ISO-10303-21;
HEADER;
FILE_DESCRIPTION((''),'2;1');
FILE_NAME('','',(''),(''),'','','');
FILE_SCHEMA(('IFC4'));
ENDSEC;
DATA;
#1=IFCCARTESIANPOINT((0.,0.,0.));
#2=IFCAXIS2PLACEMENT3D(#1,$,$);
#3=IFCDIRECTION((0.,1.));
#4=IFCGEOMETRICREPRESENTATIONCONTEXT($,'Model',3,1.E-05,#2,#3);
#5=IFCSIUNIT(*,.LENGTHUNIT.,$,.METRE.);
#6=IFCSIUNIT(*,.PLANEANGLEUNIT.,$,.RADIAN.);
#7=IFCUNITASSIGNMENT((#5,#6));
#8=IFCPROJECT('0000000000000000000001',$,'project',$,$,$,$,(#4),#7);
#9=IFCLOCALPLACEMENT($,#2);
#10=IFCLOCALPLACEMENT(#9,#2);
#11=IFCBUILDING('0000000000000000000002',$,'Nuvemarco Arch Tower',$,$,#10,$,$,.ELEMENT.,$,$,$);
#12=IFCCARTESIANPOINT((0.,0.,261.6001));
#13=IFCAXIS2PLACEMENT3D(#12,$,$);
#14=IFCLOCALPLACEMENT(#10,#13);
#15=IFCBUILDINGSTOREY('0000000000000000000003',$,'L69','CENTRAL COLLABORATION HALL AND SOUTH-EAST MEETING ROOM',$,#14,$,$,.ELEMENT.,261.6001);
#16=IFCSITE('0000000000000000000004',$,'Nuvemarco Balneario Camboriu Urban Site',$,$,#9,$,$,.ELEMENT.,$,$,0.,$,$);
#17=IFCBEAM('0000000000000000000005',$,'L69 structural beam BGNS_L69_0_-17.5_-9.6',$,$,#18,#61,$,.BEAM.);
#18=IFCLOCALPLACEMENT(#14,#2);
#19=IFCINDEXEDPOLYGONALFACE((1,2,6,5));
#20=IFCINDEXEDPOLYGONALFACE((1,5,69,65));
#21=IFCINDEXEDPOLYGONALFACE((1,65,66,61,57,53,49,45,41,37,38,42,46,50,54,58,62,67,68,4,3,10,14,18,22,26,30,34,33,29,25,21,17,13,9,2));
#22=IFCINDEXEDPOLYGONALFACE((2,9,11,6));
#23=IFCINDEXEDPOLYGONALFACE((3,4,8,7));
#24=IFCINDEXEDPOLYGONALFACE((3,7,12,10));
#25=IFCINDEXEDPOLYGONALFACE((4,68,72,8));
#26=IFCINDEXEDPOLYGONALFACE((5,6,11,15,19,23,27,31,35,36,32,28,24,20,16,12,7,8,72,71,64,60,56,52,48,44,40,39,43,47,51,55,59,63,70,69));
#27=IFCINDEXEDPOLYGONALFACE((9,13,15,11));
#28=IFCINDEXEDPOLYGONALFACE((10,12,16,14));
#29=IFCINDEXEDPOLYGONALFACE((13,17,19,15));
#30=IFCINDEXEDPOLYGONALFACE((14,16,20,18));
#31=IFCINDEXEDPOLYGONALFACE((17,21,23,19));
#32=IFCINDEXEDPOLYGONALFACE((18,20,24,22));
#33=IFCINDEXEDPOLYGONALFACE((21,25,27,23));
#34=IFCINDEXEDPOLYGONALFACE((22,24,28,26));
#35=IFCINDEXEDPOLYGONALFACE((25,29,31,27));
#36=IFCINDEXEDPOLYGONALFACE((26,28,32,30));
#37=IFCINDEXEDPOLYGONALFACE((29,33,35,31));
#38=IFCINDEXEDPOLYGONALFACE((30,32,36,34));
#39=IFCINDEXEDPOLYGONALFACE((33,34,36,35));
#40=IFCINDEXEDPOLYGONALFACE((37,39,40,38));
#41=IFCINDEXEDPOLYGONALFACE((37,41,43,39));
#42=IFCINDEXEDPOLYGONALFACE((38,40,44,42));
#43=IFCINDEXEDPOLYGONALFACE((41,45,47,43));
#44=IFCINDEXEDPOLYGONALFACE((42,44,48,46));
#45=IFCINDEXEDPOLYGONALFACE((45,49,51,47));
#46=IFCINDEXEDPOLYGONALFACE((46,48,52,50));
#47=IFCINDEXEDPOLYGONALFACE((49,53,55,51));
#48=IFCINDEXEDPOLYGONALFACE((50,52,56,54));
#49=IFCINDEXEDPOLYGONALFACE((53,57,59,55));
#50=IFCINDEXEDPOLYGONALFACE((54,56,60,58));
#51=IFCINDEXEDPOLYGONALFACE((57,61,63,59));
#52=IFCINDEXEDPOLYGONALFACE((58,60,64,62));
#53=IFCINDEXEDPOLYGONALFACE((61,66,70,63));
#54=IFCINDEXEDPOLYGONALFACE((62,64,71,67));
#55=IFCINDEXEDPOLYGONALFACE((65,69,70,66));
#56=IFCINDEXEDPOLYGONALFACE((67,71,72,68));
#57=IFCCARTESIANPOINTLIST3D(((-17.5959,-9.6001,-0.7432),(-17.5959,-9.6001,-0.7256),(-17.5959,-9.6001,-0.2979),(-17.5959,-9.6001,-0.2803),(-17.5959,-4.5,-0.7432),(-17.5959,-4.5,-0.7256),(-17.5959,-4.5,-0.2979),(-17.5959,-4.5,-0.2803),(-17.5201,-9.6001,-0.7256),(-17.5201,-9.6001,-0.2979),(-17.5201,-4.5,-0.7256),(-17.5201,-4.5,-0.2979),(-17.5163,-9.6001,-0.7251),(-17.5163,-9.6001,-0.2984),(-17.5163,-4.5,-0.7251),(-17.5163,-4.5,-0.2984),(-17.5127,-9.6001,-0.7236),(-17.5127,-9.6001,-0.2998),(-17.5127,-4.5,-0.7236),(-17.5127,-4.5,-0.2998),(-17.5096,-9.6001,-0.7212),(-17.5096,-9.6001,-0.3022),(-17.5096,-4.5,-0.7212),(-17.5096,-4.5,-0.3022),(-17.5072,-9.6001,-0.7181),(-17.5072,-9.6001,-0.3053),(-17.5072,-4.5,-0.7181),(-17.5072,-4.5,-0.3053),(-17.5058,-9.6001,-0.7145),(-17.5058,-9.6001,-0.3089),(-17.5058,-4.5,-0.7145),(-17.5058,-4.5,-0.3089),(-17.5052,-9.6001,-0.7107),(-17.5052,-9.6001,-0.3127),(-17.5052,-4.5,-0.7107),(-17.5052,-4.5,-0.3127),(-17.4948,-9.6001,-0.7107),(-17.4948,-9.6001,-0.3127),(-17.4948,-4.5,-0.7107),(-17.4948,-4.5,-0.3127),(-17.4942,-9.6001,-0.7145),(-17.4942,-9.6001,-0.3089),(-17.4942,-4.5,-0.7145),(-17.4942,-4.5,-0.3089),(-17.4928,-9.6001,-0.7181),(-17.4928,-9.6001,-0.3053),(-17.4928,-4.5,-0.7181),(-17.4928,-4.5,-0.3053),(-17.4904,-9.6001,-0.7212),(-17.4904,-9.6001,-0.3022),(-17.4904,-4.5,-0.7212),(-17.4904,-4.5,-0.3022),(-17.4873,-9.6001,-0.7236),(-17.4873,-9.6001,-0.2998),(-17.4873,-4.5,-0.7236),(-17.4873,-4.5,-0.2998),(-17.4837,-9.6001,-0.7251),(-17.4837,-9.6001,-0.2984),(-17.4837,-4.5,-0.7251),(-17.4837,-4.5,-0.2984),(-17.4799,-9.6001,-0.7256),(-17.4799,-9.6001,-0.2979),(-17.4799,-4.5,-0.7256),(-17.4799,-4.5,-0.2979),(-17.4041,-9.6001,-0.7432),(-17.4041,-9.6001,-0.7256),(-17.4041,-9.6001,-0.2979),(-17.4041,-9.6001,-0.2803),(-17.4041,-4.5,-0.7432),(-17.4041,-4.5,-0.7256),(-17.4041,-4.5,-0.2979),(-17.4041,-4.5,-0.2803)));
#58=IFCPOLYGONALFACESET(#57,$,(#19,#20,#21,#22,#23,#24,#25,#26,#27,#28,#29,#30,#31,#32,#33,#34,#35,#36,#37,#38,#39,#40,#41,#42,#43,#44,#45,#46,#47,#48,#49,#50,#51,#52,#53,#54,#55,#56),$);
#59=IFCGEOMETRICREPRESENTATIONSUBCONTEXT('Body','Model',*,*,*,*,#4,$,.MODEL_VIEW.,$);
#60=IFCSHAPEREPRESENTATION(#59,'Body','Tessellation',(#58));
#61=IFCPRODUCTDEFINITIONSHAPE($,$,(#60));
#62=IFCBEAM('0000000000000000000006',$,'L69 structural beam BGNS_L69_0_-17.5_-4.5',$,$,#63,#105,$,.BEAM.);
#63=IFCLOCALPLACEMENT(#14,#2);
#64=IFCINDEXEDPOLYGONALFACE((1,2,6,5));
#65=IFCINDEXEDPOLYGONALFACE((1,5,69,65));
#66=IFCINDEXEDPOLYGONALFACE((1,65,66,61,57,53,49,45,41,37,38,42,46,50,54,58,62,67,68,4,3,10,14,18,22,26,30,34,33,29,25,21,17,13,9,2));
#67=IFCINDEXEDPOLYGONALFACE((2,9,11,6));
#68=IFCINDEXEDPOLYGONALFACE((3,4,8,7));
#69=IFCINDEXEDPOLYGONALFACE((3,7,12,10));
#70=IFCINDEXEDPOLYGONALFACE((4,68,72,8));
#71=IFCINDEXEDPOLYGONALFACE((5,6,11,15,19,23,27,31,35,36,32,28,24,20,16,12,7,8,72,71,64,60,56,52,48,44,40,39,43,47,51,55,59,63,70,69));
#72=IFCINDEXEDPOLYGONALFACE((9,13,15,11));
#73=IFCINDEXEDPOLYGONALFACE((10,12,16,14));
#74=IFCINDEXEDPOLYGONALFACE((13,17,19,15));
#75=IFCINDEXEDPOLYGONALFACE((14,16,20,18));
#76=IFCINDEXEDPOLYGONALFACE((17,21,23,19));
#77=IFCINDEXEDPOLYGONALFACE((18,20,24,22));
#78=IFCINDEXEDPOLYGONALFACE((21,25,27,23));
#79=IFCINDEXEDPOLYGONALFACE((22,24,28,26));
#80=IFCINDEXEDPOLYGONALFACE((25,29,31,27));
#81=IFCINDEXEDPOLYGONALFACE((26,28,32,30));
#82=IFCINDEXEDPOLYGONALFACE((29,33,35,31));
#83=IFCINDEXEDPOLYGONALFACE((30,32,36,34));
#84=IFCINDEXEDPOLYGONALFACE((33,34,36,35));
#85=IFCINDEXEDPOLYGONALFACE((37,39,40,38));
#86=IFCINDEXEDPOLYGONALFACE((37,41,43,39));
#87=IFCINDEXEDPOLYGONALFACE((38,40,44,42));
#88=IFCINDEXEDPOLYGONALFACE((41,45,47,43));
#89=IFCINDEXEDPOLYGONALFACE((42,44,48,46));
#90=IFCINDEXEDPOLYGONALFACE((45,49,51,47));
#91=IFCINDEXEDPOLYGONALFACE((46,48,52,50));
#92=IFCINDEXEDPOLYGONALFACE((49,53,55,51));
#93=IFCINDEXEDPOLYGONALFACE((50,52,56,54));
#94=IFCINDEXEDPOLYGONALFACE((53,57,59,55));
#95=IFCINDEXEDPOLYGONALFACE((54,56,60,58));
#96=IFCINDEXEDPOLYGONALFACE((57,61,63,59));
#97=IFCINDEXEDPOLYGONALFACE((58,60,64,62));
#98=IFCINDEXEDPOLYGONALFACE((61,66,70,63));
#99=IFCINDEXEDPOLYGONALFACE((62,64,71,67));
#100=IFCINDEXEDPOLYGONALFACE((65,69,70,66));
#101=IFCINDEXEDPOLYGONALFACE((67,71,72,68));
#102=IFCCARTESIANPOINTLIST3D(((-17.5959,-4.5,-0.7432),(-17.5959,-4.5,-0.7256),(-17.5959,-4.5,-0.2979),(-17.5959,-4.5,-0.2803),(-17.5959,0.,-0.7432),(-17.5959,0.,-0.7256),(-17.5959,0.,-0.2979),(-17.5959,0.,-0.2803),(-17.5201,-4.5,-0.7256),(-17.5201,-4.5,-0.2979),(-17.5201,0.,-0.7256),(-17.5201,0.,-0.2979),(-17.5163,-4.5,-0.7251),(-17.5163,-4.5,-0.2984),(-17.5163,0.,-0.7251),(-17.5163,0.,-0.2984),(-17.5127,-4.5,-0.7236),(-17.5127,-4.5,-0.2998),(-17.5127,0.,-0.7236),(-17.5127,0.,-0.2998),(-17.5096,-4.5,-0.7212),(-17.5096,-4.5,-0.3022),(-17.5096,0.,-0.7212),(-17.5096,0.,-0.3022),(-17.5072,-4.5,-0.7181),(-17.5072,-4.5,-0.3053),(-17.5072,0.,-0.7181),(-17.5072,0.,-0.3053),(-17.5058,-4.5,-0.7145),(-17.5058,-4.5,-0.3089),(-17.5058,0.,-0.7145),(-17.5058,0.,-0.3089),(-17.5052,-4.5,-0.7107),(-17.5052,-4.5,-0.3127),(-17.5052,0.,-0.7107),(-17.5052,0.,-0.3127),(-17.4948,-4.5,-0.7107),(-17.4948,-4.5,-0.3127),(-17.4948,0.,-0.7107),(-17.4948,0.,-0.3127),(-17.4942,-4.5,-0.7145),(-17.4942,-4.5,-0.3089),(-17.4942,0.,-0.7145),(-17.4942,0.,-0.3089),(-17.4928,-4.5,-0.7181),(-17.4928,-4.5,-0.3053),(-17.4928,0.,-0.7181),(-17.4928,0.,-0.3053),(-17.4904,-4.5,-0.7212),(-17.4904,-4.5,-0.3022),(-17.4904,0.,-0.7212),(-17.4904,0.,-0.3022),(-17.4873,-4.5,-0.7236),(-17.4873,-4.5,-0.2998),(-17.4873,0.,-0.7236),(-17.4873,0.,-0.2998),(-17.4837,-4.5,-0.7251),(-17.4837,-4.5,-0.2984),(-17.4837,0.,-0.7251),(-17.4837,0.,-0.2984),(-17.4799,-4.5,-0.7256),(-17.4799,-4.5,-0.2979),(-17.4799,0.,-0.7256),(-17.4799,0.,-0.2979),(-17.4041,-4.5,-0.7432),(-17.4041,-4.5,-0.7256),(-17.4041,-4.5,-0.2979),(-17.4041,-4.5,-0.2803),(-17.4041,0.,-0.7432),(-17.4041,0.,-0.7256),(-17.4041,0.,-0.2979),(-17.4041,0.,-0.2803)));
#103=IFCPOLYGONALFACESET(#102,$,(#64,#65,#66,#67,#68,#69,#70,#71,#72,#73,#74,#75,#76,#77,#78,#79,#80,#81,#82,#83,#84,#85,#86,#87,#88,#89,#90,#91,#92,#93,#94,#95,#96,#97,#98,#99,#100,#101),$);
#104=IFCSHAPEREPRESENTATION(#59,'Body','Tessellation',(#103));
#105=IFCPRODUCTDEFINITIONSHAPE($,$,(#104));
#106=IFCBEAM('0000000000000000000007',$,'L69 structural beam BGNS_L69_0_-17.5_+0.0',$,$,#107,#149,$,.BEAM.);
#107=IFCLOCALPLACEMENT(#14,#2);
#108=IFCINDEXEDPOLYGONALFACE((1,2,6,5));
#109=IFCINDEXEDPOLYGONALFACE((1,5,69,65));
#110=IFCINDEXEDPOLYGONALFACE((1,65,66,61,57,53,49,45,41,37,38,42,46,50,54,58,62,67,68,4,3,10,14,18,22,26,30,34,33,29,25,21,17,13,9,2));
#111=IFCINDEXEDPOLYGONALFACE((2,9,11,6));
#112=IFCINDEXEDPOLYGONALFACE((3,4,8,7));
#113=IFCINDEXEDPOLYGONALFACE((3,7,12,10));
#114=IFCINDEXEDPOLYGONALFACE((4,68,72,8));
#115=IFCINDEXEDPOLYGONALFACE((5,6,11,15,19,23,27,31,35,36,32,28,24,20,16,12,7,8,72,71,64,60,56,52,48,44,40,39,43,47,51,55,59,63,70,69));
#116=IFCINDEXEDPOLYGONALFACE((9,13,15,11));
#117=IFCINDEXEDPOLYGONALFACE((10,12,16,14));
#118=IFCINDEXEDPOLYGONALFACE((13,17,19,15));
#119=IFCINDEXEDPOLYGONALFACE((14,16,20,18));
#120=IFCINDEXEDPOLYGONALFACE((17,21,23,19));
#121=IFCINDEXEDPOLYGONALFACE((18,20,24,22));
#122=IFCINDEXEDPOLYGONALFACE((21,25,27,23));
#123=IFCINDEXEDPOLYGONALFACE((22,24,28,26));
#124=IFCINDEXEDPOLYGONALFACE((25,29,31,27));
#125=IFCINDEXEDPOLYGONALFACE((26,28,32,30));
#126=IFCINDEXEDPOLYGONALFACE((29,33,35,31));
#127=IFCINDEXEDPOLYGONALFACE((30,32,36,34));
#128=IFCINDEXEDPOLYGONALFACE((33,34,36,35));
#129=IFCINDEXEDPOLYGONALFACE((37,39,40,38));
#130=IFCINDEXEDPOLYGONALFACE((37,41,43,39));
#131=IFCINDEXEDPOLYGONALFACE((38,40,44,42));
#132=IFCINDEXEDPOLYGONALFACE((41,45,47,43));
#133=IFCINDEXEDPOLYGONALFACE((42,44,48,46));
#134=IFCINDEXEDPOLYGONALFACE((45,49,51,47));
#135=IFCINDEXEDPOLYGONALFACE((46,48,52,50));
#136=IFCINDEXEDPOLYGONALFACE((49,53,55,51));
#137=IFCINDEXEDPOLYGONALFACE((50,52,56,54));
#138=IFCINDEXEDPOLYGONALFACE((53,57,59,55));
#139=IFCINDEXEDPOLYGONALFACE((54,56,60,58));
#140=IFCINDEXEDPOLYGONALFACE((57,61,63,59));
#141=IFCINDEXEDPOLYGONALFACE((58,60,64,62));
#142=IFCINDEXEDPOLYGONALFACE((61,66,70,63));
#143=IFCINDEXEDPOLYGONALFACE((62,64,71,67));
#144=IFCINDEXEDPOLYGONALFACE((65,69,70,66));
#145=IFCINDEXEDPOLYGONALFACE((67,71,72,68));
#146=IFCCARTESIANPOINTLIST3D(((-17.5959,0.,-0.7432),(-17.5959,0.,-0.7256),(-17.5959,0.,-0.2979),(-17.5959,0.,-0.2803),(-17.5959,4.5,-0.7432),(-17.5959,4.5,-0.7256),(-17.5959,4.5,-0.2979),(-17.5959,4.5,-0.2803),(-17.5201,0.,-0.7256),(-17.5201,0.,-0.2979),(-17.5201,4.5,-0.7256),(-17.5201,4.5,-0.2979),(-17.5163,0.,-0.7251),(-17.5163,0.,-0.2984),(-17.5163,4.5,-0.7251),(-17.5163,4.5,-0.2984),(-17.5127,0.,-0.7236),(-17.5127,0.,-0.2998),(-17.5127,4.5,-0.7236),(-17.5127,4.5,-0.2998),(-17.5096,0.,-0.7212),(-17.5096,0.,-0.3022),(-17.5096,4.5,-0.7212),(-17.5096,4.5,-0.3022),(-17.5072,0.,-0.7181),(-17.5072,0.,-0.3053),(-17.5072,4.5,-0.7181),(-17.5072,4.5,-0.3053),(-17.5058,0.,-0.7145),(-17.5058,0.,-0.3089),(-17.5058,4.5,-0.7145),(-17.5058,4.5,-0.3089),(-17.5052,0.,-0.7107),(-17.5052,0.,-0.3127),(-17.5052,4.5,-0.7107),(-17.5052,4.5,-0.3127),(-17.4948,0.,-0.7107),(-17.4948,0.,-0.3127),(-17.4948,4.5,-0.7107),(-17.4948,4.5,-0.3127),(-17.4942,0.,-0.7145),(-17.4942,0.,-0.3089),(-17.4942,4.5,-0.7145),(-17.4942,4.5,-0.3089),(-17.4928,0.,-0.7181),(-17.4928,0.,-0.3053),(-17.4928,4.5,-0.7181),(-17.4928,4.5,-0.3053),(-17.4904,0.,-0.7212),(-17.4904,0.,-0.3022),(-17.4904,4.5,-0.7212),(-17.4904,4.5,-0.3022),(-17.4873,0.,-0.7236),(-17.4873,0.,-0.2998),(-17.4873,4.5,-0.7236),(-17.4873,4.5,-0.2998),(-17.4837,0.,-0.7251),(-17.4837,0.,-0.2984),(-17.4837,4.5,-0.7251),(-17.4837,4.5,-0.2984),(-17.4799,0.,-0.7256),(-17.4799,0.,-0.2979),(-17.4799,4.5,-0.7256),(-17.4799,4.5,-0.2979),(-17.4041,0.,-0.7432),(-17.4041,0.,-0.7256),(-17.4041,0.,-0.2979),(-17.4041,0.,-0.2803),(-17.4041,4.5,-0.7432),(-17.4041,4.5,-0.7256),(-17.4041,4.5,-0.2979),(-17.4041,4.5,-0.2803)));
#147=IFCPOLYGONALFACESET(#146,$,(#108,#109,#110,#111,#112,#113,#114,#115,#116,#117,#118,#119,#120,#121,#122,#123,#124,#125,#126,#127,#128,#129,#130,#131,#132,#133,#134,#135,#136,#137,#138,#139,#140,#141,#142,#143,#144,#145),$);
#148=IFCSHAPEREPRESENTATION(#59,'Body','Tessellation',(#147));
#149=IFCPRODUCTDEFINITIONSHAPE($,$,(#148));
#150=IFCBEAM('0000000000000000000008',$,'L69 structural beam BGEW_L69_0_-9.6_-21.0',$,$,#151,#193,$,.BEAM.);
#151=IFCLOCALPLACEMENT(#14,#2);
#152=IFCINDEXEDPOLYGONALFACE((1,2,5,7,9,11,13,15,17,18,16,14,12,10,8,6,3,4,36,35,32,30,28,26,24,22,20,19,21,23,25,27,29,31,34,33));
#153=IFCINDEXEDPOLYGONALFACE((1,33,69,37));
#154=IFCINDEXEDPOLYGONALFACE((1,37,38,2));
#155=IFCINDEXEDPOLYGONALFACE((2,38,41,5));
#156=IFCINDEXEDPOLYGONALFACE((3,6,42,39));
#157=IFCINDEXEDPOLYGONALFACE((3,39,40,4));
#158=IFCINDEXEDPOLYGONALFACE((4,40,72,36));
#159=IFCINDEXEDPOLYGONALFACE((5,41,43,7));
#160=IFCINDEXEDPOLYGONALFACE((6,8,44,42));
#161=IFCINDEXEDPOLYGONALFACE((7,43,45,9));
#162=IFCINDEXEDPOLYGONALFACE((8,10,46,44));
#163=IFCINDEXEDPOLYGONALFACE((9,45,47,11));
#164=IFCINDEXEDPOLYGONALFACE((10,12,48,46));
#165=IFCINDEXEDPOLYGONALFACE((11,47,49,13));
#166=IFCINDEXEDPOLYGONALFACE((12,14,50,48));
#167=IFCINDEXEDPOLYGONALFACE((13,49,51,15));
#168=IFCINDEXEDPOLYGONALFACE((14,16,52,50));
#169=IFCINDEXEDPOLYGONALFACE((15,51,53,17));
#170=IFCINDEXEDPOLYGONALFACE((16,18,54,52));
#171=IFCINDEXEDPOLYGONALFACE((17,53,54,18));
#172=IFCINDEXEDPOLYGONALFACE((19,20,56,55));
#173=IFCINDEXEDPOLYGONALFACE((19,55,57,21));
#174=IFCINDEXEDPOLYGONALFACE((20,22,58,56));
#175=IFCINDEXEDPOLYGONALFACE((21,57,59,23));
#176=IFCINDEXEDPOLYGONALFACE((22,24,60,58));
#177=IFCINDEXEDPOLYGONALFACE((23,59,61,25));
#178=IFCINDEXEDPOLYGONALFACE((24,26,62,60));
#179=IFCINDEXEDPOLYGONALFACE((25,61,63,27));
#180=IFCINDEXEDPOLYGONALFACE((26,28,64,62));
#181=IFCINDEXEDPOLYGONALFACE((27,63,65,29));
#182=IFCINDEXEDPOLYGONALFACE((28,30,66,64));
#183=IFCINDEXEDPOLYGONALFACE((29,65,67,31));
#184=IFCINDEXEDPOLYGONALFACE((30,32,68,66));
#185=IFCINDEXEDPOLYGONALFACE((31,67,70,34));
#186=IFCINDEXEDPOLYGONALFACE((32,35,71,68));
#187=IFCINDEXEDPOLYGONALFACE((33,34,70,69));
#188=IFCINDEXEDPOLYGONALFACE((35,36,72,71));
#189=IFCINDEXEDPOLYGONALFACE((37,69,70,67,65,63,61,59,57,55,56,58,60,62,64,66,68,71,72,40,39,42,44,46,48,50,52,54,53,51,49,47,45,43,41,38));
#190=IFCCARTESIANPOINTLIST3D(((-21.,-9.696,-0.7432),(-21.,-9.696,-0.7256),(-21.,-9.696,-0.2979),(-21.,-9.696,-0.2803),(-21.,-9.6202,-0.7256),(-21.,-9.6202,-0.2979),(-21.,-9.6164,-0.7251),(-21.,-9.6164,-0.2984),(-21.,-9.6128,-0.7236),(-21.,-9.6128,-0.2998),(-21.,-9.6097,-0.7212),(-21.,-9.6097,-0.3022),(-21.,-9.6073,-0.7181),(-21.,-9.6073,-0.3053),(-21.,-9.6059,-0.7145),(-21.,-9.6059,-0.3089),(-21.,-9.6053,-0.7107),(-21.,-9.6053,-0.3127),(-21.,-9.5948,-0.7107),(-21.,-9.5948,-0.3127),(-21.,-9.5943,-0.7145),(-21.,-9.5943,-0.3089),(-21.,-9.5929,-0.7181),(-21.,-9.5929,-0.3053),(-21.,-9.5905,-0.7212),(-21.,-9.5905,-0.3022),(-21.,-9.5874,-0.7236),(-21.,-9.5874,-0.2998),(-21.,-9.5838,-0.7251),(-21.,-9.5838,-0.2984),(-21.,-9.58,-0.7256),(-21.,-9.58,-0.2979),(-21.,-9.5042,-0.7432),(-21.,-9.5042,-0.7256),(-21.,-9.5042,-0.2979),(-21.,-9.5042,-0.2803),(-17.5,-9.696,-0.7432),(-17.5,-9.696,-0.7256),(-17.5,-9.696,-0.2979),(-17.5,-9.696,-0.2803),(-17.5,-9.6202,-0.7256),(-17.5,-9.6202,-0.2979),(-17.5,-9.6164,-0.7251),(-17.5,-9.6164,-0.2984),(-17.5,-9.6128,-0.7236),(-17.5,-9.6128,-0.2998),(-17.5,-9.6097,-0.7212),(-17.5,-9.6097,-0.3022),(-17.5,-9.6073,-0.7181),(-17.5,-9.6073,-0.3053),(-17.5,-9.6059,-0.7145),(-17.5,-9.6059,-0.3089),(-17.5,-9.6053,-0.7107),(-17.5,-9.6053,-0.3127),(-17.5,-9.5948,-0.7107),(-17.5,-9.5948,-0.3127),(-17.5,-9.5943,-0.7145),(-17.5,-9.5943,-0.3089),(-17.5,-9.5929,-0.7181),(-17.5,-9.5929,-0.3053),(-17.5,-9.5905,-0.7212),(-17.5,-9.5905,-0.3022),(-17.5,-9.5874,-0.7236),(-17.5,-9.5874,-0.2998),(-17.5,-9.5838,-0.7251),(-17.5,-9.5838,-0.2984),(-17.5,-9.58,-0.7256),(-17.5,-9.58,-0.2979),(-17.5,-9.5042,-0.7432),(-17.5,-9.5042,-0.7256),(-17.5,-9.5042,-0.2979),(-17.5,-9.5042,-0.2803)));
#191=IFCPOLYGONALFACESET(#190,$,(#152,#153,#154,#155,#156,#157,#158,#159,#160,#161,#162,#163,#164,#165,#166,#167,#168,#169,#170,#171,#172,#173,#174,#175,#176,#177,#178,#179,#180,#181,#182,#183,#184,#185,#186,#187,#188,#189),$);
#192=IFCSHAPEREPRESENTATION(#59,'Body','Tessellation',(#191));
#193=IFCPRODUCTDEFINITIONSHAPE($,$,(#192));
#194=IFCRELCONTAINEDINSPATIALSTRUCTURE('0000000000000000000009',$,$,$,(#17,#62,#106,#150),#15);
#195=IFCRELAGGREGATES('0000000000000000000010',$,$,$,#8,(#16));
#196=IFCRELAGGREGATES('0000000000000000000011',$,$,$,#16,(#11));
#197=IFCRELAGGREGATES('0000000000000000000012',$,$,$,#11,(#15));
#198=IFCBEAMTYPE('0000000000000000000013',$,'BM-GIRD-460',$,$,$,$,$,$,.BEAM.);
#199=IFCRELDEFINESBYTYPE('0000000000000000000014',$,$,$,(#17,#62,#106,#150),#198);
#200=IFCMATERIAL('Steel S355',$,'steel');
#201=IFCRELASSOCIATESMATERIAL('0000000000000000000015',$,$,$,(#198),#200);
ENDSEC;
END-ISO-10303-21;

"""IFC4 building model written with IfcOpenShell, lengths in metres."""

from ifc_helpers import new_model, si_unit, direction, frame, origin, origin_2d, place, context, subcontext, project, spatial, i_section, extrude, material, material_profile, profile_set, type_object, element, save


model = new_model("IFC4")

# Units and contexts
model_context = context("Model", 3, precision=1e-05, world=origin(), true_north=direction((0.0, 1.0)))
body_context = subcontext(model_context, "Body", "Model", "MODEL_VIEW")
ifc_project = project(units=[si_unit("LENGTHUNIT", "METRE"), si_unit("PLANEANGLEUNIT", "RADIAN")], contexts=[model_context])

# Site, building, storey
site_placement = place(None, origin())
site = spatial("IfcSite", under=ifc_project, at=site_placement, Name="Nuvemarco Balneario Camboriu Urban Site", CompositionType="ELEMENT", RefElevation=0.0)
building_placement = place(site_placement, origin())
building = spatial("IfcBuilding", under=site, at=building_placement, Name="Nuvemarco Arch Tower", CompositionType="ELEMENT")
storey_placement = place(building_placement, frame((0.0, 0.0, 261.6001)))
storey = spatial("IfcBuildingStorey", under=building, at=storey_placement, Name="L69", Description="CENTRAL COLLABORATION HALL AND SOUTH-EAST MEETING ROOM", CompositionType="ELEMENT", Elevation=261.6001)

# Shared definitions
ifc_material_1 = material(Name="Steel S355", Category="steel")

# Beams
ifc_material_profile_1 = material_profile(ifc_material_1, i_section(OverallWidth=0.1919, OverallDepth=0.4629, WebThickness=0.0105, FlangeThickness=0.0176, FilletRadius=0.0149, at=origin_2d()), Name="W460x89")
ifc_profile_set_1 = profile_set([ifc_material_profile_1], Name="Steel S355")
beam_type_1 = type_object("IfcBeamType", Name="BM-GIRD-460", PredefinedType="BEAM", material=ifc_profile_set_1)
beam_1_placement = place(storey_placement, frame((-17.5, -9.6001, -0.5117), z_axis=(0.0, 1.0, 0.0), x_axis=(-1.0, 0.0, 0.0)))
element("IfcBeam", 1, at=beam_1_placement, inside=storey, type_object=beam_type_1, Name="L69 structural beam BGNS_L69_0_-17.5_-9.6", PredefinedType="BEAM", context=body_context, shape_type="SweptSolid", body=[
    extrude(i_section(OverallWidth=0.1919, OverallDepth=0.4629, WebThickness=0.0105, FlangeThickness=0.0176, FilletRadius=0.0149, at=origin_2d()), origin(), (0.0, 0.0, 1.0), 5.1001),
])
for number, where, z_axis, x_axis, name in (
    (2, (-17.5, -4.5, -0.5117), (0.0, 1.0, 0.0), (-1.0, 0.0, 0.0), "L69 structural beam BGNS_L69_0_-17.5_-4.5"),
    (3, (-17.5, 0.0, -0.5117), (0.0, 1.0, 0.0), (-1.0, 0.0, 0.0), "L69 structural beam BGNS_L69_0_-17.5_+0.0"),
):
    element("IfcBeam", number, at=place(storey_placement, frame(where, z_axis=z_axis, x_axis=x_axis)), inside=storey, type_object=beam_type_1, Name=name, PredefinedType="BEAM", context=body_context, shape_type="SweptSolid", body=[
        extrude(i_section(OverallWidth=0.1919, OverallDepth=0.4629, WebThickness=0.0105, FlangeThickness=0.0176, FilletRadius=0.0149, at=origin_2d()), origin(), (0.0, 0.0, 1.0), 4.5),
    ])
beam_2_placement = place(storey_placement, frame((-21.0, -9.6001, -0.5117), z_axis=(1.0, 0.0, 0.0), x_axis=(0.0, 1.0, 0.0)))
element("IfcBeam", 4, at=beam_2_placement, inside=storey, type_object=beam_type_1, Name="L69 structural beam BGEW_L69_0_-9.6_-21.0", PredefinedType="BEAM", context=body_context, shape_type="SweptSolid", body=[
    extrude(i_section(OverallWidth=0.1919, OverallDepth=0.4629, WebThickness=0.0105, FlangeThickness=0.0176, FilletRadius=0.0149, at=origin_2d()), origin(), (0.0, 0.0, 1.0), 3.5),
])

save(model, "model.ifc")
